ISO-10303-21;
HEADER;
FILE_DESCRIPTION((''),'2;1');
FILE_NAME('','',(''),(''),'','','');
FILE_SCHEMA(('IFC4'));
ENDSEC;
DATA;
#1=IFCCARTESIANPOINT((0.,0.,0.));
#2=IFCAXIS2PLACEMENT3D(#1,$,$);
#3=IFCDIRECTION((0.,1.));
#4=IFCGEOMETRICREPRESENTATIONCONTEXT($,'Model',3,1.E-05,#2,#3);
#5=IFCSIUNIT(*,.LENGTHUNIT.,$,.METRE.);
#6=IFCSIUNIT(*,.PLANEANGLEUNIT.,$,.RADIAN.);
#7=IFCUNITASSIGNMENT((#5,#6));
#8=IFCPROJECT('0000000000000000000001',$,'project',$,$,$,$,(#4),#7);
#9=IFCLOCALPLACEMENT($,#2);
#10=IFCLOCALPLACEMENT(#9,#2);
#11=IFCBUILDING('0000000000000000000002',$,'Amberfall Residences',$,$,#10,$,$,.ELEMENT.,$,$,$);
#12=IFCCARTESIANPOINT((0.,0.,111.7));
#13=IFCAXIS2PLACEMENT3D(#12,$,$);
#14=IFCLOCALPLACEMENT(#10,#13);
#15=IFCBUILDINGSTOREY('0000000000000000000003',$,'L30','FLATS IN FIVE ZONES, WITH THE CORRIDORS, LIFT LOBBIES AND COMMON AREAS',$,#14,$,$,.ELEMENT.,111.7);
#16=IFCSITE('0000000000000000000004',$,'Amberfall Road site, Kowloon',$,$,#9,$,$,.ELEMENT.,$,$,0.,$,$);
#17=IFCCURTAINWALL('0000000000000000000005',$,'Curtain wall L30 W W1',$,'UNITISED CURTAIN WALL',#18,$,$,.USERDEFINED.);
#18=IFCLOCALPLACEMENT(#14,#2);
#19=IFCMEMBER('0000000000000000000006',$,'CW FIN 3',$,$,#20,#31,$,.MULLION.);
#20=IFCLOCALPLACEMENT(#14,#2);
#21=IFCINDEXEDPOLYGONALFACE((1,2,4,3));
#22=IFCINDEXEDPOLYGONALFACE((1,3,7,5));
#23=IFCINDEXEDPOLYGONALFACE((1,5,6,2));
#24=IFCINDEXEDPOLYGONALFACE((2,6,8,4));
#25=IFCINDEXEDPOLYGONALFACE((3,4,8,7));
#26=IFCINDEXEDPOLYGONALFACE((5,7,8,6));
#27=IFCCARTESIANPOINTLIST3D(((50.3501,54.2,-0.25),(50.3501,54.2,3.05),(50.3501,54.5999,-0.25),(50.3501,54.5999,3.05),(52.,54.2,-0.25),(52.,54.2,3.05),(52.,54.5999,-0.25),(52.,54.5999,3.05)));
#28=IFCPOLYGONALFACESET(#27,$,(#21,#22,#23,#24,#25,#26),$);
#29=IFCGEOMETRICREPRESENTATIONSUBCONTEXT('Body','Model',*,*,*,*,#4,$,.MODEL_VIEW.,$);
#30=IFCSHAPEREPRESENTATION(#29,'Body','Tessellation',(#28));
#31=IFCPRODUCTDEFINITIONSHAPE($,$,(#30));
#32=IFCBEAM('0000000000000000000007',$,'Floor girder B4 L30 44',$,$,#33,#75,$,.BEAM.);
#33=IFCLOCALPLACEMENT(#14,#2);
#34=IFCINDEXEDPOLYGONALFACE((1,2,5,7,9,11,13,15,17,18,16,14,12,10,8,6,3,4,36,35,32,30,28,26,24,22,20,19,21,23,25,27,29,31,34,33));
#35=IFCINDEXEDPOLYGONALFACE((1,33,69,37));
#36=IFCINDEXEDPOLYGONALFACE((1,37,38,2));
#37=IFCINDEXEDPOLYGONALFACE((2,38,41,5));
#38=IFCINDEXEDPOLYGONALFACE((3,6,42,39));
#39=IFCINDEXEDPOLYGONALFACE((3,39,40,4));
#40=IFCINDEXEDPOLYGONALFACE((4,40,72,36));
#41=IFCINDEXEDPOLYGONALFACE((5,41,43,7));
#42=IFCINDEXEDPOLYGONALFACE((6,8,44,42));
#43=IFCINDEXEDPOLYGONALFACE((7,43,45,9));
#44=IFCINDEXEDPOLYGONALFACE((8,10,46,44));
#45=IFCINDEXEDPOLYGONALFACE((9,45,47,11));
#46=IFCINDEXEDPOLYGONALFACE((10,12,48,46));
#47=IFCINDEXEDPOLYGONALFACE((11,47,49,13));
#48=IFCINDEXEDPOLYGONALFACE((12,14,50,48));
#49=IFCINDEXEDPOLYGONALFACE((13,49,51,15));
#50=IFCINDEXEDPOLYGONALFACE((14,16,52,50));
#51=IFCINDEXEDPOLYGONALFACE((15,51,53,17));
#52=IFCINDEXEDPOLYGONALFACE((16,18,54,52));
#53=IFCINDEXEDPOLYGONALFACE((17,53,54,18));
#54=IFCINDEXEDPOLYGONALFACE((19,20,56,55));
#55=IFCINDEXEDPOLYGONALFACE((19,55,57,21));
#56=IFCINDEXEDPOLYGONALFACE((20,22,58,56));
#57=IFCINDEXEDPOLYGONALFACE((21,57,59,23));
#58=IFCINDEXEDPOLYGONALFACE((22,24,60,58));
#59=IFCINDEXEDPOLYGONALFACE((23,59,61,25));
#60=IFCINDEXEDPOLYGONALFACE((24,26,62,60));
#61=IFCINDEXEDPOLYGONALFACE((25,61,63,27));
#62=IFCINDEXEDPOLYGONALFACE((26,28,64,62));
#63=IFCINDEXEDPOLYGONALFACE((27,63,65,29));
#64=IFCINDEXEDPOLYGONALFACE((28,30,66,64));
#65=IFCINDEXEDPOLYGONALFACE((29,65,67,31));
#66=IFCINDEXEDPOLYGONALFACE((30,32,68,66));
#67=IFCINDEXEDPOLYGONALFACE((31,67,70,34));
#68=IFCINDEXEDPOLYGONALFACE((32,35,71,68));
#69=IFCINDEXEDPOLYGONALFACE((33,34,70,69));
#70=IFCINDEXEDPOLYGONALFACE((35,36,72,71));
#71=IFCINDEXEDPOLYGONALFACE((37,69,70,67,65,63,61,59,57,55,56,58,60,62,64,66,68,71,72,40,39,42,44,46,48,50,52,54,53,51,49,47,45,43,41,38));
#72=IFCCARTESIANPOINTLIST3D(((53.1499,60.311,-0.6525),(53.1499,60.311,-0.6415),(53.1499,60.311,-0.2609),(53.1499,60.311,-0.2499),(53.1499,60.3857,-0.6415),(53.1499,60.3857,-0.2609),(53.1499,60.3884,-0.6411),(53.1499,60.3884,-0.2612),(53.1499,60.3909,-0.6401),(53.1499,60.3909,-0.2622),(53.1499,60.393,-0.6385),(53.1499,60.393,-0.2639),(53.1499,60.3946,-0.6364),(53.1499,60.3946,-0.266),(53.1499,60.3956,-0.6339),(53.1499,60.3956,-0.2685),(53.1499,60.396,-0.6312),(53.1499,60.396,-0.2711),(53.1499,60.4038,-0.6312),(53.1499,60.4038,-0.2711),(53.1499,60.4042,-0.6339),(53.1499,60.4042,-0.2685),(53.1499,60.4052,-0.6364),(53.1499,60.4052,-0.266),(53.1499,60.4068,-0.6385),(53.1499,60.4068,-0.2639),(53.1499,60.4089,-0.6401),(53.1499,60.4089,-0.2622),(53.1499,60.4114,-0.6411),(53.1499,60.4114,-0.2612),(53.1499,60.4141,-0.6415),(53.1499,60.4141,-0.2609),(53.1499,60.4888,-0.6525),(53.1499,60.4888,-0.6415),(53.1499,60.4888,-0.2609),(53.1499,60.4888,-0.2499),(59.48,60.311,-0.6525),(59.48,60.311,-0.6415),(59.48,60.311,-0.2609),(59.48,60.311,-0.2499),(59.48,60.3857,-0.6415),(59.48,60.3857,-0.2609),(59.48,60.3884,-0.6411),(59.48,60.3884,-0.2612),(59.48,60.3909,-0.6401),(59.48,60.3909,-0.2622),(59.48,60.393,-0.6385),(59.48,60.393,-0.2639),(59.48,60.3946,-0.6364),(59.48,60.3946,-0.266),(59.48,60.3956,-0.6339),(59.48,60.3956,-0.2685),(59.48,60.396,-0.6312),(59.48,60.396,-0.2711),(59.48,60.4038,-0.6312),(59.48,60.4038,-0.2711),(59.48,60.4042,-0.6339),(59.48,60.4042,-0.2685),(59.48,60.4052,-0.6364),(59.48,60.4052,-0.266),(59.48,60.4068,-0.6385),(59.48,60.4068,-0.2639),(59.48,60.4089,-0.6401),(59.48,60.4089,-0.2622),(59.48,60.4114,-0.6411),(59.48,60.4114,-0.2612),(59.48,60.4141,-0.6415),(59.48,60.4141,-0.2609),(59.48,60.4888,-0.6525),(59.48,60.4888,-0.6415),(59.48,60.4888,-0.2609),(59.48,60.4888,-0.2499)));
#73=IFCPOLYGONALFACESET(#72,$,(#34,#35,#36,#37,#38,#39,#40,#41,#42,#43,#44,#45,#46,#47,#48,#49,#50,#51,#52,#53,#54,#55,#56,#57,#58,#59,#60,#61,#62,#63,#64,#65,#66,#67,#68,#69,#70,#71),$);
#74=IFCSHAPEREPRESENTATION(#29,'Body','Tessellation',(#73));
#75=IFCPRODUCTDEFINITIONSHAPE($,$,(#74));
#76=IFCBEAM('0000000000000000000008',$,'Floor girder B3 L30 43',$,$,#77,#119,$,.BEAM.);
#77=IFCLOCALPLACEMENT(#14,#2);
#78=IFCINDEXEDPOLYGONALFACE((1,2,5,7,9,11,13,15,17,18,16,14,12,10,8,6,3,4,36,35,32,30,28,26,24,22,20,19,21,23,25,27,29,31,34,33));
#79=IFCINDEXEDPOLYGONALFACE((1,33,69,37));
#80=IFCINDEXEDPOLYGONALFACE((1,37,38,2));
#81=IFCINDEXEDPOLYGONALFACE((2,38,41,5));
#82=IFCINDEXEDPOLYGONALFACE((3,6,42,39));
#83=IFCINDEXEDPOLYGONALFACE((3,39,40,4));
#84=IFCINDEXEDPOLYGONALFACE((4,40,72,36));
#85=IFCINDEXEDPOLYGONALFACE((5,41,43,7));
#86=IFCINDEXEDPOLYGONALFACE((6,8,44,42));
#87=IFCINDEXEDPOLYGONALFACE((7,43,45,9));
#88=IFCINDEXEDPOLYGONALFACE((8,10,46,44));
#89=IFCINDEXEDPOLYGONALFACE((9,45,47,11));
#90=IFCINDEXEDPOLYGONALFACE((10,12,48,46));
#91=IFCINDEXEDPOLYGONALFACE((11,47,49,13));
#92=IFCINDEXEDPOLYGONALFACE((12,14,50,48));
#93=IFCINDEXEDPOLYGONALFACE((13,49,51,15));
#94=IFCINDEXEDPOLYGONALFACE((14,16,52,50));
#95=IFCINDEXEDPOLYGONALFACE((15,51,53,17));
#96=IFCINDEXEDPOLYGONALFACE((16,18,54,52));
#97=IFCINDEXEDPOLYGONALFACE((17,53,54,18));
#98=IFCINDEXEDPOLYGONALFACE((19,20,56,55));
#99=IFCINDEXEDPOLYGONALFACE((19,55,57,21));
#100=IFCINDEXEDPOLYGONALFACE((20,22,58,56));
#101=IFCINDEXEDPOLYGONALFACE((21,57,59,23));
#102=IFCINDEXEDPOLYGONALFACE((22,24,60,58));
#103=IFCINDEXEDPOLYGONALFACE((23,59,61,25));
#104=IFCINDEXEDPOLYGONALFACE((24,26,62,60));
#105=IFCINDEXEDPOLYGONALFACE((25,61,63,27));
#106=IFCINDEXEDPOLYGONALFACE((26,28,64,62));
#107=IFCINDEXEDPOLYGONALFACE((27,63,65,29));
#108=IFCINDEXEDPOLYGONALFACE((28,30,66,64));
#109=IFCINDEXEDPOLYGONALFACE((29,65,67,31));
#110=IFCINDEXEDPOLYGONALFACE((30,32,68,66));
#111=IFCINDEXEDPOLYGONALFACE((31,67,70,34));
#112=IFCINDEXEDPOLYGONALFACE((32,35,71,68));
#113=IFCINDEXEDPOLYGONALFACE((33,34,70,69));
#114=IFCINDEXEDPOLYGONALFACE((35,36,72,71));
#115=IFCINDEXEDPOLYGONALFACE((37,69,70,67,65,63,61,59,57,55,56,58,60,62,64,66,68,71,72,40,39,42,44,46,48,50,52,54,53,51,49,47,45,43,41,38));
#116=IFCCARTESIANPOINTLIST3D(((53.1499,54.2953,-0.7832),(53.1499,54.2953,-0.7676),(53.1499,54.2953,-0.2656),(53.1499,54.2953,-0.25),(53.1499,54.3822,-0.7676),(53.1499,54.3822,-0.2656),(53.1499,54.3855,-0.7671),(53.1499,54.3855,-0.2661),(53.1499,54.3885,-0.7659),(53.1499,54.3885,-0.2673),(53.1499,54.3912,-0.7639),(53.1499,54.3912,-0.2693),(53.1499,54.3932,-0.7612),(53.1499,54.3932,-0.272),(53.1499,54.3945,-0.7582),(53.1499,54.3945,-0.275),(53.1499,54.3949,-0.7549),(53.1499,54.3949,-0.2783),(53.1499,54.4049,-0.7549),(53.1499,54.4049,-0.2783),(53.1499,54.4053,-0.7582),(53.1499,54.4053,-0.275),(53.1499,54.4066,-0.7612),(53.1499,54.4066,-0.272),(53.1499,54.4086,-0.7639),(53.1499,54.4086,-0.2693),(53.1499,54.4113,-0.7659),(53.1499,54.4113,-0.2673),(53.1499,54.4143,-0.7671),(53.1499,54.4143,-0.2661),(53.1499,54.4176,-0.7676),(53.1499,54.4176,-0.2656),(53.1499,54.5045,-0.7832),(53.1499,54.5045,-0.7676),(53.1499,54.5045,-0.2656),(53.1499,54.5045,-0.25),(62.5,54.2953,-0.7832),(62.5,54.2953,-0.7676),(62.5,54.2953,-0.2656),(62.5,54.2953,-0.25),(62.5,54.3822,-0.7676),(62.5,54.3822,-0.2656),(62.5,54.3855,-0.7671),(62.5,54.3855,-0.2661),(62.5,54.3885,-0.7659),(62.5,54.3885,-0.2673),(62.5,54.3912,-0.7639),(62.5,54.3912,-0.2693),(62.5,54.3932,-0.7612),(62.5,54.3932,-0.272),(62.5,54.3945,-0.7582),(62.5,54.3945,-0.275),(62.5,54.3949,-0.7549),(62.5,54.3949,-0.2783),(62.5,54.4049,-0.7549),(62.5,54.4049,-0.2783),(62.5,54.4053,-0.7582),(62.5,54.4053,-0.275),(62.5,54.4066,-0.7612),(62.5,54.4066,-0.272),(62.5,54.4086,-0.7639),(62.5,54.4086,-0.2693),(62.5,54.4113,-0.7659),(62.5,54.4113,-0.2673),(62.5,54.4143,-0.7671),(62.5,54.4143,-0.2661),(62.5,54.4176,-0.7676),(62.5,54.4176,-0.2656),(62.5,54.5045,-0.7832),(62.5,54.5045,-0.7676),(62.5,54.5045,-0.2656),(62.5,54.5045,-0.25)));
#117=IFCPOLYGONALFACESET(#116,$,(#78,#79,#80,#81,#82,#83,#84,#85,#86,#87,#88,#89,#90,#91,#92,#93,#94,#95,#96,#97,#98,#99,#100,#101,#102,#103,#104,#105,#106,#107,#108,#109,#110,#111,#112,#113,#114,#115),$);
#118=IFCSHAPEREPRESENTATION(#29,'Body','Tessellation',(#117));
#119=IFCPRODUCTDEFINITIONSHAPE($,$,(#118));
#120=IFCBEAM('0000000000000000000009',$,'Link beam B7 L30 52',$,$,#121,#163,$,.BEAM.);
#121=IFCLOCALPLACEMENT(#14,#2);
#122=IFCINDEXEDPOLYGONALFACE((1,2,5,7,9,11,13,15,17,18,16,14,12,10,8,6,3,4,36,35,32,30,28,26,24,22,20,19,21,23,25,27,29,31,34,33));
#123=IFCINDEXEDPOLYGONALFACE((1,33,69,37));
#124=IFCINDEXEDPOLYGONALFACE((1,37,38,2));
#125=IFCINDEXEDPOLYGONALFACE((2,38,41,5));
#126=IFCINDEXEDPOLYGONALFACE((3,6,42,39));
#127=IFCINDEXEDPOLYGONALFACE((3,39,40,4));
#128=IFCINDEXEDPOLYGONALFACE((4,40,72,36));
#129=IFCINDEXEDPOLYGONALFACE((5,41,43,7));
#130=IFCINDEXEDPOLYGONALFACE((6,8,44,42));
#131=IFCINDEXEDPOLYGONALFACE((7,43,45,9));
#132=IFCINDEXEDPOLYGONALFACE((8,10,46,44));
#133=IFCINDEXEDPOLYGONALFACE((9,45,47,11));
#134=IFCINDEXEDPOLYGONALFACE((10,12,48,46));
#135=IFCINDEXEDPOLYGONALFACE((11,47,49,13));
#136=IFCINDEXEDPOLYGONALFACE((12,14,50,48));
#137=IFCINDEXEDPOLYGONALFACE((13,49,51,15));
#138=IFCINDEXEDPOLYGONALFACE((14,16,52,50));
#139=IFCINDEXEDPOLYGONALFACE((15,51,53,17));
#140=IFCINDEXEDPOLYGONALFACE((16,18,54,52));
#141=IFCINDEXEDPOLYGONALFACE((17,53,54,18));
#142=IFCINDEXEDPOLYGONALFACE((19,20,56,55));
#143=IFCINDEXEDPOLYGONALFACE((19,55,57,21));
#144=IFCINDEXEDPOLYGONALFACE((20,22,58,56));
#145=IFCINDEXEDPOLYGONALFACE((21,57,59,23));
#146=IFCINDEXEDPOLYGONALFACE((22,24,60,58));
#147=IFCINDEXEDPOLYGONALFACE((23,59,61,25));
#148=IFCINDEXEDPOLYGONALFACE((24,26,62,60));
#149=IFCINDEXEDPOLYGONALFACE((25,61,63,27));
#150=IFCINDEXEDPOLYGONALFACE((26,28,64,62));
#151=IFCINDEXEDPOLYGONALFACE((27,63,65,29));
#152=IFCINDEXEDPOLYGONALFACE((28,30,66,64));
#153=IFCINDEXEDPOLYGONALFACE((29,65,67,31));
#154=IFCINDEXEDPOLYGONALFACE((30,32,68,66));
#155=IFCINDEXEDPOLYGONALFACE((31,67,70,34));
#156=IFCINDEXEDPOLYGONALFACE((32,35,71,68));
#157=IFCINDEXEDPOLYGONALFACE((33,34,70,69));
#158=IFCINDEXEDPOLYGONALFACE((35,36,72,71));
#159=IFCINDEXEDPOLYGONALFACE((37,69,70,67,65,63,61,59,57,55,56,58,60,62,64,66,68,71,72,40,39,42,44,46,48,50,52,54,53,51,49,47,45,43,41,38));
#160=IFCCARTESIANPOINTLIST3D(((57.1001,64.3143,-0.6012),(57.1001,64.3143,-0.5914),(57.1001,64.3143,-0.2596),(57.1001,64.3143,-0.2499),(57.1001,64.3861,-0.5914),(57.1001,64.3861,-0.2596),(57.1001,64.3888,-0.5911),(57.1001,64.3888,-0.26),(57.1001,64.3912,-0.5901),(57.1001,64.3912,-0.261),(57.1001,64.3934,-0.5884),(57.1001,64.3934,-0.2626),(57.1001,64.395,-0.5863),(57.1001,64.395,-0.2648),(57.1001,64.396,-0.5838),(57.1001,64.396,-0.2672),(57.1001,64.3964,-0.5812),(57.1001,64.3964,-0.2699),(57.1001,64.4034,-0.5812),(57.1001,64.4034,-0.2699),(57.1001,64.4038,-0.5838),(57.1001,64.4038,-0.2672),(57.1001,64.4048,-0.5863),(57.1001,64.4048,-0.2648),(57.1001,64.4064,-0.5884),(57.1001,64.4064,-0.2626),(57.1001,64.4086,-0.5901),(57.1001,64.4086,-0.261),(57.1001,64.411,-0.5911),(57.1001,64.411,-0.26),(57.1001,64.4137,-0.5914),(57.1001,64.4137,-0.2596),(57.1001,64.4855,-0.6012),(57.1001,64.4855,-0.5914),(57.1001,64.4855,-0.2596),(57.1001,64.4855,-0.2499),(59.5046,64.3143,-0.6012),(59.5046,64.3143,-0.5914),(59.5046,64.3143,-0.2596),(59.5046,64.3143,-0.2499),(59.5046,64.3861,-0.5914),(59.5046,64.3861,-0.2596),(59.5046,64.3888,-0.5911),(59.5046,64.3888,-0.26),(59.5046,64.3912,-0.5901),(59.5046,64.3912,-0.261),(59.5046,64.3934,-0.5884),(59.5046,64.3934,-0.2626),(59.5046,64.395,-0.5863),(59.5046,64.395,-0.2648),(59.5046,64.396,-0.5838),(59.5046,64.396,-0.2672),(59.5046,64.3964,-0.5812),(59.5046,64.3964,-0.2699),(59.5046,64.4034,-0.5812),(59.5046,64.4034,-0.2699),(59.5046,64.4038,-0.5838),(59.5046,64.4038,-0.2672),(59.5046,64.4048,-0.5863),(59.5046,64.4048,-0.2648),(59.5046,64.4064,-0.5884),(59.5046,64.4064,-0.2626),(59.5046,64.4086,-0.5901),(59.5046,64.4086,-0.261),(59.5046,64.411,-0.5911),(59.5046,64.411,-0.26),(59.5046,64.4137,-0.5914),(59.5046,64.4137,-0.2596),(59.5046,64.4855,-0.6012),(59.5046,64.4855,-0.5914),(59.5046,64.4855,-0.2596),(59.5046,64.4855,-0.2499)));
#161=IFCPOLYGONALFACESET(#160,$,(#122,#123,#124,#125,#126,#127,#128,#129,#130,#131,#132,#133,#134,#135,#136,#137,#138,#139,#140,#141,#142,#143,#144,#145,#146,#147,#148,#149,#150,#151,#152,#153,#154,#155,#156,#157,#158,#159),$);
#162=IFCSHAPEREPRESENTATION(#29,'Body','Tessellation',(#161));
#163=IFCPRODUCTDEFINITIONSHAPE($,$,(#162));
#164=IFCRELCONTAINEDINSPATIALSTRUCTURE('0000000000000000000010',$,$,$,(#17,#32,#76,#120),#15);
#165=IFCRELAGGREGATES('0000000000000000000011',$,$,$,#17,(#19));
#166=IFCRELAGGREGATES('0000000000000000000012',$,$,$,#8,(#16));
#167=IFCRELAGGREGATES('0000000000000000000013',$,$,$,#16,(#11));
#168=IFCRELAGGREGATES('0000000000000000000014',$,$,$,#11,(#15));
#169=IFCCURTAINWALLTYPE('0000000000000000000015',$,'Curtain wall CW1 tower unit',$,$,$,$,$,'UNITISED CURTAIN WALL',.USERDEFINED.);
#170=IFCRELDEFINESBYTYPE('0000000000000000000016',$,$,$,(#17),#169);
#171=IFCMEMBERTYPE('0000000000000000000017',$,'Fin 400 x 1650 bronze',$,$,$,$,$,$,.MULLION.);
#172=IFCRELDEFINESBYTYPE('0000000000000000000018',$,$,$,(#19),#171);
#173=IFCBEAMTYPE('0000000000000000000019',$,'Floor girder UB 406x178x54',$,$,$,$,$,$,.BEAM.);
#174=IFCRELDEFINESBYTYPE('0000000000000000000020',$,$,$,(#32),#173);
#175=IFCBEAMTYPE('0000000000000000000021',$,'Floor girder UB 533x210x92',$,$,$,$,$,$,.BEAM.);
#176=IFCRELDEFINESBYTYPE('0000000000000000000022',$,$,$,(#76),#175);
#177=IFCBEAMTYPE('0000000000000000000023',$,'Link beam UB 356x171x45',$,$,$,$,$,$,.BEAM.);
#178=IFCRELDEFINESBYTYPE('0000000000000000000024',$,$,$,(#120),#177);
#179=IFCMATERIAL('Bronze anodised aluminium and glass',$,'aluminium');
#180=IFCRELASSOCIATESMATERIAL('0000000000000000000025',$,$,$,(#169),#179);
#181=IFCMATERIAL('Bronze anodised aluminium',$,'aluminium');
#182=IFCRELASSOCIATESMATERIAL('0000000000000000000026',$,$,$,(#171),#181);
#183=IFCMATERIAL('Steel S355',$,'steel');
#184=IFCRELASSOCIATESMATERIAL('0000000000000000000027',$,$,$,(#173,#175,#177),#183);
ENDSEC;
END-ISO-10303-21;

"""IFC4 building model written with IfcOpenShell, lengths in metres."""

from ifc_helpers import new_model, si_unit, direction, frame, origin, origin_2d, place, context, subcontext, project, spatial, rectangle, i_section, extrude, material, material_profile, profile_set, type_object, element, aggregate, save


model = new_model("IFC4")

# Units and contexts
model_context = context("Model", 3, precision=1e-05, world=origin(), true_north=direction((0.0, 1.0)))
body_context = subcontext(model_context, "Body", "Model", "MODEL_VIEW")
ifc_project = project(units=[si_unit("LENGTHUNIT", "METRE"), si_unit("PLANEANGLEUNIT", "RADIAN")], contexts=[model_context])

# Site, building, storey
site_placement = place(None, origin())
site = spatial("IfcSite", under=ifc_project, at=site_placement, Name="Amberfall Road site, Kowloon", CompositionType="ELEMENT", RefElevation=0.0)
building_placement = place(site_placement, origin())
building = spatial("IfcBuilding", under=site, at=building_placement, Name="Amberfall Residences", CompositionType="ELEMENT")
storey_placement = place(building_placement, frame((0.0, 0.0, 111.7)))
storey = spatial("IfcBuildingStorey", under=building, at=storey_placement, Name="L30", Description="FLATS IN FIVE ZONES, WITH THE CORRIDORS, LIFT LOBBIES AND COMMON AREAS", CompositionType="ELEMENT", Elevation=111.7)

# Shared definitions
ifc_material_1 = material(Name="Bronze anodised aluminium and glass", Category="aluminium")
curtain_wall_type = type_object("IfcCurtainWallType", Name="Curtain wall CW1 tower unit", ElementType="UNITISED CURTAIN WALL", PredefinedType="USERDEFINED", material=ifc_material_1)
ifc_material_2 = material(Name="Bronze anodised aluminium", Category="aluminium")

# Curtain wall
curtain_wall_1_placement = place(storey_placement, origin())
curtain_wall_1 = element("IfcCurtainWall", 1, at=curtain_wall_1_placement, inside=storey, type_object=curtain_wall_type, Name="Curtain wall L30 W W1", ObjectType="UNITISED CURTAIN WALL", PredefinedType="USERDEFINED")

# Shared definitions
ifc_material_3 = material(Name="Steel S355", Category="steel")

# Member
ifc_material_profile_1 = material_profile(ifc_material_2, rectangle(XDim=1.6499, YDim=0.3999, at=origin_2d()), Name="Fin 400 x 1650 bronze")
ifc_profile_set_1 = profile_set([ifc_material_profile_1], Name="Bronze anodised aluminium")
member_type_1 = type_object("IfcMemberType", Name="Fin 400 x 1650 bronze", PredefinedType="MULLION", material=ifc_profile_set_1)
member_1_placement = place(storey_placement, frame((51.175, 54.3999, -0.25), z_axis=(0.0, 0.0, 1.0), x_axis=(1.0, 0.0, 0.0)))
member_1 = element("IfcMember", 2, at=member_1_placement, type_object=member_type_1, Name="CW FIN 3", PredefinedType="MULLION", context=body_context, shape_type="SweptSolid", body=[
    extrude(rectangle(XDim=1.6499, YDim=0.3999, at=origin_2d()), origin(), (0.0, 0.0, 1.0), 3.3),
])

# Beams
ifc_material_profile_2 = material_profile(ifc_material_3, i_section(OverallWidth=0.1777, OverallDepth=0.4026, WebThickness=0.0078, FlangeThickness=0.011, FilletRadius=0.0103, at=origin_2d()), Name="UB 406x178x54")
ifc_profile_set_2 = profile_set([ifc_material_profile_2], Name="Steel S355")
beam_type_1 = type_object("IfcBeamType", Name="Floor girder UB 406x178x54", PredefinedType="BEAM", material=ifc_profile_set_2)
beam_1_placement = place(storey_placement, frame((53.1499, 60.3999, -0.4512), z_axis=(1.0, 0.0, 0.0), x_axis=(0.0, 1.0, 0.0)))
element("IfcBeam", 3, at=beam_1_placement, inside=storey, type_object=beam_type_1, Name="Floor girder B4 L30 44", PredefinedType="BEAM", context=body_context, shape_type="SweptSolid", body=[
    extrude(i_section(OverallWidth=0.1777, OverallDepth=0.4026, WebThickness=0.0078, FlangeThickness=0.011, FilletRadius=0.0103, at=origin_2d()), origin(), (0.0, 0.0, 1.0), 6.3301),
])
ifc_material_profile_3 = material_profile(ifc_material_3, i_section(OverallWidth=0.2092, OverallDepth=0.5332, WebThickness=0.01, FlangeThickness=0.0156, FilletRadius=0.0127, at=origin_2d()), Name="UB 533x210x92")
ifc_profile_set_3 = profile_set([ifc_material_profile_3], Name="Steel S355")
beam_type_2 = type_object("IfcBeamType", Name="Floor girder UB 533x210x92", PredefinedType="BEAM", material=ifc_profile_set_3)
beam_2_placement = place(storey_placement, frame((53.1499, 54.3999, -0.5166), z_axis=(1.0, 0.0, 0.0), x_axis=(0.0, 1.0, 0.0)))
element("IfcBeam", 4, at=beam_2_placement, inside=storey, type_object=beam_type_2, Name="Floor girder B3 L30 43", PredefinedType="BEAM", context=body_context, shape_type="SweptSolid", body=[
    extrude(i_section(OverallWidth=0.2092, OverallDepth=0.5332, WebThickness=0.01, FlangeThickness=0.0156, FilletRadius=0.0127, at=origin_2d()), origin(), (0.0, 0.0, 1.0), 9.3501),
])
ifc_material_profile_4 = material_profile(ifc_material_3, i_section(OverallWidth=0.1711, OverallDepth=0.3513, WebThickness=0.0071, FlangeThickness=0.0098, FilletRadius=0.0103, at=origin_2d()), Name="UB 356x171x45")
ifc_profile_set_4 = profile_set([ifc_material_profile_4], Name="Steel S355")
beam_type_3 = type_object("IfcBeamType", Name="Link beam UB 356x171x45", PredefinedType="BEAM", material=ifc_profile_set_4)
beam_3_placement = place(storey_placement, frame((57.1001, 64.3999, -0.4255), z_axis=(1.0, 0.0, 0.0), x_axis=(0.0, 1.0, 0.0)))
element("IfcBeam", 5, at=beam_3_placement, inside=storey, type_object=beam_type_3, Name="Link beam B7 L30 52", PredefinedType="BEAM", context=body_context, shape_type="SweptSolid", body=[
    extrude(i_section(OverallWidth=0.1711, OverallDepth=0.3513, WebThickness=0.0071, FlangeThickness=0.0098, FilletRadius=0.0103, at=origin_2d()), origin(), (0.0, 0.0, 1.0), 2.4045),
])

aggregate(curtain_wall_1, [member_1])

save(model, "model.ifc")
